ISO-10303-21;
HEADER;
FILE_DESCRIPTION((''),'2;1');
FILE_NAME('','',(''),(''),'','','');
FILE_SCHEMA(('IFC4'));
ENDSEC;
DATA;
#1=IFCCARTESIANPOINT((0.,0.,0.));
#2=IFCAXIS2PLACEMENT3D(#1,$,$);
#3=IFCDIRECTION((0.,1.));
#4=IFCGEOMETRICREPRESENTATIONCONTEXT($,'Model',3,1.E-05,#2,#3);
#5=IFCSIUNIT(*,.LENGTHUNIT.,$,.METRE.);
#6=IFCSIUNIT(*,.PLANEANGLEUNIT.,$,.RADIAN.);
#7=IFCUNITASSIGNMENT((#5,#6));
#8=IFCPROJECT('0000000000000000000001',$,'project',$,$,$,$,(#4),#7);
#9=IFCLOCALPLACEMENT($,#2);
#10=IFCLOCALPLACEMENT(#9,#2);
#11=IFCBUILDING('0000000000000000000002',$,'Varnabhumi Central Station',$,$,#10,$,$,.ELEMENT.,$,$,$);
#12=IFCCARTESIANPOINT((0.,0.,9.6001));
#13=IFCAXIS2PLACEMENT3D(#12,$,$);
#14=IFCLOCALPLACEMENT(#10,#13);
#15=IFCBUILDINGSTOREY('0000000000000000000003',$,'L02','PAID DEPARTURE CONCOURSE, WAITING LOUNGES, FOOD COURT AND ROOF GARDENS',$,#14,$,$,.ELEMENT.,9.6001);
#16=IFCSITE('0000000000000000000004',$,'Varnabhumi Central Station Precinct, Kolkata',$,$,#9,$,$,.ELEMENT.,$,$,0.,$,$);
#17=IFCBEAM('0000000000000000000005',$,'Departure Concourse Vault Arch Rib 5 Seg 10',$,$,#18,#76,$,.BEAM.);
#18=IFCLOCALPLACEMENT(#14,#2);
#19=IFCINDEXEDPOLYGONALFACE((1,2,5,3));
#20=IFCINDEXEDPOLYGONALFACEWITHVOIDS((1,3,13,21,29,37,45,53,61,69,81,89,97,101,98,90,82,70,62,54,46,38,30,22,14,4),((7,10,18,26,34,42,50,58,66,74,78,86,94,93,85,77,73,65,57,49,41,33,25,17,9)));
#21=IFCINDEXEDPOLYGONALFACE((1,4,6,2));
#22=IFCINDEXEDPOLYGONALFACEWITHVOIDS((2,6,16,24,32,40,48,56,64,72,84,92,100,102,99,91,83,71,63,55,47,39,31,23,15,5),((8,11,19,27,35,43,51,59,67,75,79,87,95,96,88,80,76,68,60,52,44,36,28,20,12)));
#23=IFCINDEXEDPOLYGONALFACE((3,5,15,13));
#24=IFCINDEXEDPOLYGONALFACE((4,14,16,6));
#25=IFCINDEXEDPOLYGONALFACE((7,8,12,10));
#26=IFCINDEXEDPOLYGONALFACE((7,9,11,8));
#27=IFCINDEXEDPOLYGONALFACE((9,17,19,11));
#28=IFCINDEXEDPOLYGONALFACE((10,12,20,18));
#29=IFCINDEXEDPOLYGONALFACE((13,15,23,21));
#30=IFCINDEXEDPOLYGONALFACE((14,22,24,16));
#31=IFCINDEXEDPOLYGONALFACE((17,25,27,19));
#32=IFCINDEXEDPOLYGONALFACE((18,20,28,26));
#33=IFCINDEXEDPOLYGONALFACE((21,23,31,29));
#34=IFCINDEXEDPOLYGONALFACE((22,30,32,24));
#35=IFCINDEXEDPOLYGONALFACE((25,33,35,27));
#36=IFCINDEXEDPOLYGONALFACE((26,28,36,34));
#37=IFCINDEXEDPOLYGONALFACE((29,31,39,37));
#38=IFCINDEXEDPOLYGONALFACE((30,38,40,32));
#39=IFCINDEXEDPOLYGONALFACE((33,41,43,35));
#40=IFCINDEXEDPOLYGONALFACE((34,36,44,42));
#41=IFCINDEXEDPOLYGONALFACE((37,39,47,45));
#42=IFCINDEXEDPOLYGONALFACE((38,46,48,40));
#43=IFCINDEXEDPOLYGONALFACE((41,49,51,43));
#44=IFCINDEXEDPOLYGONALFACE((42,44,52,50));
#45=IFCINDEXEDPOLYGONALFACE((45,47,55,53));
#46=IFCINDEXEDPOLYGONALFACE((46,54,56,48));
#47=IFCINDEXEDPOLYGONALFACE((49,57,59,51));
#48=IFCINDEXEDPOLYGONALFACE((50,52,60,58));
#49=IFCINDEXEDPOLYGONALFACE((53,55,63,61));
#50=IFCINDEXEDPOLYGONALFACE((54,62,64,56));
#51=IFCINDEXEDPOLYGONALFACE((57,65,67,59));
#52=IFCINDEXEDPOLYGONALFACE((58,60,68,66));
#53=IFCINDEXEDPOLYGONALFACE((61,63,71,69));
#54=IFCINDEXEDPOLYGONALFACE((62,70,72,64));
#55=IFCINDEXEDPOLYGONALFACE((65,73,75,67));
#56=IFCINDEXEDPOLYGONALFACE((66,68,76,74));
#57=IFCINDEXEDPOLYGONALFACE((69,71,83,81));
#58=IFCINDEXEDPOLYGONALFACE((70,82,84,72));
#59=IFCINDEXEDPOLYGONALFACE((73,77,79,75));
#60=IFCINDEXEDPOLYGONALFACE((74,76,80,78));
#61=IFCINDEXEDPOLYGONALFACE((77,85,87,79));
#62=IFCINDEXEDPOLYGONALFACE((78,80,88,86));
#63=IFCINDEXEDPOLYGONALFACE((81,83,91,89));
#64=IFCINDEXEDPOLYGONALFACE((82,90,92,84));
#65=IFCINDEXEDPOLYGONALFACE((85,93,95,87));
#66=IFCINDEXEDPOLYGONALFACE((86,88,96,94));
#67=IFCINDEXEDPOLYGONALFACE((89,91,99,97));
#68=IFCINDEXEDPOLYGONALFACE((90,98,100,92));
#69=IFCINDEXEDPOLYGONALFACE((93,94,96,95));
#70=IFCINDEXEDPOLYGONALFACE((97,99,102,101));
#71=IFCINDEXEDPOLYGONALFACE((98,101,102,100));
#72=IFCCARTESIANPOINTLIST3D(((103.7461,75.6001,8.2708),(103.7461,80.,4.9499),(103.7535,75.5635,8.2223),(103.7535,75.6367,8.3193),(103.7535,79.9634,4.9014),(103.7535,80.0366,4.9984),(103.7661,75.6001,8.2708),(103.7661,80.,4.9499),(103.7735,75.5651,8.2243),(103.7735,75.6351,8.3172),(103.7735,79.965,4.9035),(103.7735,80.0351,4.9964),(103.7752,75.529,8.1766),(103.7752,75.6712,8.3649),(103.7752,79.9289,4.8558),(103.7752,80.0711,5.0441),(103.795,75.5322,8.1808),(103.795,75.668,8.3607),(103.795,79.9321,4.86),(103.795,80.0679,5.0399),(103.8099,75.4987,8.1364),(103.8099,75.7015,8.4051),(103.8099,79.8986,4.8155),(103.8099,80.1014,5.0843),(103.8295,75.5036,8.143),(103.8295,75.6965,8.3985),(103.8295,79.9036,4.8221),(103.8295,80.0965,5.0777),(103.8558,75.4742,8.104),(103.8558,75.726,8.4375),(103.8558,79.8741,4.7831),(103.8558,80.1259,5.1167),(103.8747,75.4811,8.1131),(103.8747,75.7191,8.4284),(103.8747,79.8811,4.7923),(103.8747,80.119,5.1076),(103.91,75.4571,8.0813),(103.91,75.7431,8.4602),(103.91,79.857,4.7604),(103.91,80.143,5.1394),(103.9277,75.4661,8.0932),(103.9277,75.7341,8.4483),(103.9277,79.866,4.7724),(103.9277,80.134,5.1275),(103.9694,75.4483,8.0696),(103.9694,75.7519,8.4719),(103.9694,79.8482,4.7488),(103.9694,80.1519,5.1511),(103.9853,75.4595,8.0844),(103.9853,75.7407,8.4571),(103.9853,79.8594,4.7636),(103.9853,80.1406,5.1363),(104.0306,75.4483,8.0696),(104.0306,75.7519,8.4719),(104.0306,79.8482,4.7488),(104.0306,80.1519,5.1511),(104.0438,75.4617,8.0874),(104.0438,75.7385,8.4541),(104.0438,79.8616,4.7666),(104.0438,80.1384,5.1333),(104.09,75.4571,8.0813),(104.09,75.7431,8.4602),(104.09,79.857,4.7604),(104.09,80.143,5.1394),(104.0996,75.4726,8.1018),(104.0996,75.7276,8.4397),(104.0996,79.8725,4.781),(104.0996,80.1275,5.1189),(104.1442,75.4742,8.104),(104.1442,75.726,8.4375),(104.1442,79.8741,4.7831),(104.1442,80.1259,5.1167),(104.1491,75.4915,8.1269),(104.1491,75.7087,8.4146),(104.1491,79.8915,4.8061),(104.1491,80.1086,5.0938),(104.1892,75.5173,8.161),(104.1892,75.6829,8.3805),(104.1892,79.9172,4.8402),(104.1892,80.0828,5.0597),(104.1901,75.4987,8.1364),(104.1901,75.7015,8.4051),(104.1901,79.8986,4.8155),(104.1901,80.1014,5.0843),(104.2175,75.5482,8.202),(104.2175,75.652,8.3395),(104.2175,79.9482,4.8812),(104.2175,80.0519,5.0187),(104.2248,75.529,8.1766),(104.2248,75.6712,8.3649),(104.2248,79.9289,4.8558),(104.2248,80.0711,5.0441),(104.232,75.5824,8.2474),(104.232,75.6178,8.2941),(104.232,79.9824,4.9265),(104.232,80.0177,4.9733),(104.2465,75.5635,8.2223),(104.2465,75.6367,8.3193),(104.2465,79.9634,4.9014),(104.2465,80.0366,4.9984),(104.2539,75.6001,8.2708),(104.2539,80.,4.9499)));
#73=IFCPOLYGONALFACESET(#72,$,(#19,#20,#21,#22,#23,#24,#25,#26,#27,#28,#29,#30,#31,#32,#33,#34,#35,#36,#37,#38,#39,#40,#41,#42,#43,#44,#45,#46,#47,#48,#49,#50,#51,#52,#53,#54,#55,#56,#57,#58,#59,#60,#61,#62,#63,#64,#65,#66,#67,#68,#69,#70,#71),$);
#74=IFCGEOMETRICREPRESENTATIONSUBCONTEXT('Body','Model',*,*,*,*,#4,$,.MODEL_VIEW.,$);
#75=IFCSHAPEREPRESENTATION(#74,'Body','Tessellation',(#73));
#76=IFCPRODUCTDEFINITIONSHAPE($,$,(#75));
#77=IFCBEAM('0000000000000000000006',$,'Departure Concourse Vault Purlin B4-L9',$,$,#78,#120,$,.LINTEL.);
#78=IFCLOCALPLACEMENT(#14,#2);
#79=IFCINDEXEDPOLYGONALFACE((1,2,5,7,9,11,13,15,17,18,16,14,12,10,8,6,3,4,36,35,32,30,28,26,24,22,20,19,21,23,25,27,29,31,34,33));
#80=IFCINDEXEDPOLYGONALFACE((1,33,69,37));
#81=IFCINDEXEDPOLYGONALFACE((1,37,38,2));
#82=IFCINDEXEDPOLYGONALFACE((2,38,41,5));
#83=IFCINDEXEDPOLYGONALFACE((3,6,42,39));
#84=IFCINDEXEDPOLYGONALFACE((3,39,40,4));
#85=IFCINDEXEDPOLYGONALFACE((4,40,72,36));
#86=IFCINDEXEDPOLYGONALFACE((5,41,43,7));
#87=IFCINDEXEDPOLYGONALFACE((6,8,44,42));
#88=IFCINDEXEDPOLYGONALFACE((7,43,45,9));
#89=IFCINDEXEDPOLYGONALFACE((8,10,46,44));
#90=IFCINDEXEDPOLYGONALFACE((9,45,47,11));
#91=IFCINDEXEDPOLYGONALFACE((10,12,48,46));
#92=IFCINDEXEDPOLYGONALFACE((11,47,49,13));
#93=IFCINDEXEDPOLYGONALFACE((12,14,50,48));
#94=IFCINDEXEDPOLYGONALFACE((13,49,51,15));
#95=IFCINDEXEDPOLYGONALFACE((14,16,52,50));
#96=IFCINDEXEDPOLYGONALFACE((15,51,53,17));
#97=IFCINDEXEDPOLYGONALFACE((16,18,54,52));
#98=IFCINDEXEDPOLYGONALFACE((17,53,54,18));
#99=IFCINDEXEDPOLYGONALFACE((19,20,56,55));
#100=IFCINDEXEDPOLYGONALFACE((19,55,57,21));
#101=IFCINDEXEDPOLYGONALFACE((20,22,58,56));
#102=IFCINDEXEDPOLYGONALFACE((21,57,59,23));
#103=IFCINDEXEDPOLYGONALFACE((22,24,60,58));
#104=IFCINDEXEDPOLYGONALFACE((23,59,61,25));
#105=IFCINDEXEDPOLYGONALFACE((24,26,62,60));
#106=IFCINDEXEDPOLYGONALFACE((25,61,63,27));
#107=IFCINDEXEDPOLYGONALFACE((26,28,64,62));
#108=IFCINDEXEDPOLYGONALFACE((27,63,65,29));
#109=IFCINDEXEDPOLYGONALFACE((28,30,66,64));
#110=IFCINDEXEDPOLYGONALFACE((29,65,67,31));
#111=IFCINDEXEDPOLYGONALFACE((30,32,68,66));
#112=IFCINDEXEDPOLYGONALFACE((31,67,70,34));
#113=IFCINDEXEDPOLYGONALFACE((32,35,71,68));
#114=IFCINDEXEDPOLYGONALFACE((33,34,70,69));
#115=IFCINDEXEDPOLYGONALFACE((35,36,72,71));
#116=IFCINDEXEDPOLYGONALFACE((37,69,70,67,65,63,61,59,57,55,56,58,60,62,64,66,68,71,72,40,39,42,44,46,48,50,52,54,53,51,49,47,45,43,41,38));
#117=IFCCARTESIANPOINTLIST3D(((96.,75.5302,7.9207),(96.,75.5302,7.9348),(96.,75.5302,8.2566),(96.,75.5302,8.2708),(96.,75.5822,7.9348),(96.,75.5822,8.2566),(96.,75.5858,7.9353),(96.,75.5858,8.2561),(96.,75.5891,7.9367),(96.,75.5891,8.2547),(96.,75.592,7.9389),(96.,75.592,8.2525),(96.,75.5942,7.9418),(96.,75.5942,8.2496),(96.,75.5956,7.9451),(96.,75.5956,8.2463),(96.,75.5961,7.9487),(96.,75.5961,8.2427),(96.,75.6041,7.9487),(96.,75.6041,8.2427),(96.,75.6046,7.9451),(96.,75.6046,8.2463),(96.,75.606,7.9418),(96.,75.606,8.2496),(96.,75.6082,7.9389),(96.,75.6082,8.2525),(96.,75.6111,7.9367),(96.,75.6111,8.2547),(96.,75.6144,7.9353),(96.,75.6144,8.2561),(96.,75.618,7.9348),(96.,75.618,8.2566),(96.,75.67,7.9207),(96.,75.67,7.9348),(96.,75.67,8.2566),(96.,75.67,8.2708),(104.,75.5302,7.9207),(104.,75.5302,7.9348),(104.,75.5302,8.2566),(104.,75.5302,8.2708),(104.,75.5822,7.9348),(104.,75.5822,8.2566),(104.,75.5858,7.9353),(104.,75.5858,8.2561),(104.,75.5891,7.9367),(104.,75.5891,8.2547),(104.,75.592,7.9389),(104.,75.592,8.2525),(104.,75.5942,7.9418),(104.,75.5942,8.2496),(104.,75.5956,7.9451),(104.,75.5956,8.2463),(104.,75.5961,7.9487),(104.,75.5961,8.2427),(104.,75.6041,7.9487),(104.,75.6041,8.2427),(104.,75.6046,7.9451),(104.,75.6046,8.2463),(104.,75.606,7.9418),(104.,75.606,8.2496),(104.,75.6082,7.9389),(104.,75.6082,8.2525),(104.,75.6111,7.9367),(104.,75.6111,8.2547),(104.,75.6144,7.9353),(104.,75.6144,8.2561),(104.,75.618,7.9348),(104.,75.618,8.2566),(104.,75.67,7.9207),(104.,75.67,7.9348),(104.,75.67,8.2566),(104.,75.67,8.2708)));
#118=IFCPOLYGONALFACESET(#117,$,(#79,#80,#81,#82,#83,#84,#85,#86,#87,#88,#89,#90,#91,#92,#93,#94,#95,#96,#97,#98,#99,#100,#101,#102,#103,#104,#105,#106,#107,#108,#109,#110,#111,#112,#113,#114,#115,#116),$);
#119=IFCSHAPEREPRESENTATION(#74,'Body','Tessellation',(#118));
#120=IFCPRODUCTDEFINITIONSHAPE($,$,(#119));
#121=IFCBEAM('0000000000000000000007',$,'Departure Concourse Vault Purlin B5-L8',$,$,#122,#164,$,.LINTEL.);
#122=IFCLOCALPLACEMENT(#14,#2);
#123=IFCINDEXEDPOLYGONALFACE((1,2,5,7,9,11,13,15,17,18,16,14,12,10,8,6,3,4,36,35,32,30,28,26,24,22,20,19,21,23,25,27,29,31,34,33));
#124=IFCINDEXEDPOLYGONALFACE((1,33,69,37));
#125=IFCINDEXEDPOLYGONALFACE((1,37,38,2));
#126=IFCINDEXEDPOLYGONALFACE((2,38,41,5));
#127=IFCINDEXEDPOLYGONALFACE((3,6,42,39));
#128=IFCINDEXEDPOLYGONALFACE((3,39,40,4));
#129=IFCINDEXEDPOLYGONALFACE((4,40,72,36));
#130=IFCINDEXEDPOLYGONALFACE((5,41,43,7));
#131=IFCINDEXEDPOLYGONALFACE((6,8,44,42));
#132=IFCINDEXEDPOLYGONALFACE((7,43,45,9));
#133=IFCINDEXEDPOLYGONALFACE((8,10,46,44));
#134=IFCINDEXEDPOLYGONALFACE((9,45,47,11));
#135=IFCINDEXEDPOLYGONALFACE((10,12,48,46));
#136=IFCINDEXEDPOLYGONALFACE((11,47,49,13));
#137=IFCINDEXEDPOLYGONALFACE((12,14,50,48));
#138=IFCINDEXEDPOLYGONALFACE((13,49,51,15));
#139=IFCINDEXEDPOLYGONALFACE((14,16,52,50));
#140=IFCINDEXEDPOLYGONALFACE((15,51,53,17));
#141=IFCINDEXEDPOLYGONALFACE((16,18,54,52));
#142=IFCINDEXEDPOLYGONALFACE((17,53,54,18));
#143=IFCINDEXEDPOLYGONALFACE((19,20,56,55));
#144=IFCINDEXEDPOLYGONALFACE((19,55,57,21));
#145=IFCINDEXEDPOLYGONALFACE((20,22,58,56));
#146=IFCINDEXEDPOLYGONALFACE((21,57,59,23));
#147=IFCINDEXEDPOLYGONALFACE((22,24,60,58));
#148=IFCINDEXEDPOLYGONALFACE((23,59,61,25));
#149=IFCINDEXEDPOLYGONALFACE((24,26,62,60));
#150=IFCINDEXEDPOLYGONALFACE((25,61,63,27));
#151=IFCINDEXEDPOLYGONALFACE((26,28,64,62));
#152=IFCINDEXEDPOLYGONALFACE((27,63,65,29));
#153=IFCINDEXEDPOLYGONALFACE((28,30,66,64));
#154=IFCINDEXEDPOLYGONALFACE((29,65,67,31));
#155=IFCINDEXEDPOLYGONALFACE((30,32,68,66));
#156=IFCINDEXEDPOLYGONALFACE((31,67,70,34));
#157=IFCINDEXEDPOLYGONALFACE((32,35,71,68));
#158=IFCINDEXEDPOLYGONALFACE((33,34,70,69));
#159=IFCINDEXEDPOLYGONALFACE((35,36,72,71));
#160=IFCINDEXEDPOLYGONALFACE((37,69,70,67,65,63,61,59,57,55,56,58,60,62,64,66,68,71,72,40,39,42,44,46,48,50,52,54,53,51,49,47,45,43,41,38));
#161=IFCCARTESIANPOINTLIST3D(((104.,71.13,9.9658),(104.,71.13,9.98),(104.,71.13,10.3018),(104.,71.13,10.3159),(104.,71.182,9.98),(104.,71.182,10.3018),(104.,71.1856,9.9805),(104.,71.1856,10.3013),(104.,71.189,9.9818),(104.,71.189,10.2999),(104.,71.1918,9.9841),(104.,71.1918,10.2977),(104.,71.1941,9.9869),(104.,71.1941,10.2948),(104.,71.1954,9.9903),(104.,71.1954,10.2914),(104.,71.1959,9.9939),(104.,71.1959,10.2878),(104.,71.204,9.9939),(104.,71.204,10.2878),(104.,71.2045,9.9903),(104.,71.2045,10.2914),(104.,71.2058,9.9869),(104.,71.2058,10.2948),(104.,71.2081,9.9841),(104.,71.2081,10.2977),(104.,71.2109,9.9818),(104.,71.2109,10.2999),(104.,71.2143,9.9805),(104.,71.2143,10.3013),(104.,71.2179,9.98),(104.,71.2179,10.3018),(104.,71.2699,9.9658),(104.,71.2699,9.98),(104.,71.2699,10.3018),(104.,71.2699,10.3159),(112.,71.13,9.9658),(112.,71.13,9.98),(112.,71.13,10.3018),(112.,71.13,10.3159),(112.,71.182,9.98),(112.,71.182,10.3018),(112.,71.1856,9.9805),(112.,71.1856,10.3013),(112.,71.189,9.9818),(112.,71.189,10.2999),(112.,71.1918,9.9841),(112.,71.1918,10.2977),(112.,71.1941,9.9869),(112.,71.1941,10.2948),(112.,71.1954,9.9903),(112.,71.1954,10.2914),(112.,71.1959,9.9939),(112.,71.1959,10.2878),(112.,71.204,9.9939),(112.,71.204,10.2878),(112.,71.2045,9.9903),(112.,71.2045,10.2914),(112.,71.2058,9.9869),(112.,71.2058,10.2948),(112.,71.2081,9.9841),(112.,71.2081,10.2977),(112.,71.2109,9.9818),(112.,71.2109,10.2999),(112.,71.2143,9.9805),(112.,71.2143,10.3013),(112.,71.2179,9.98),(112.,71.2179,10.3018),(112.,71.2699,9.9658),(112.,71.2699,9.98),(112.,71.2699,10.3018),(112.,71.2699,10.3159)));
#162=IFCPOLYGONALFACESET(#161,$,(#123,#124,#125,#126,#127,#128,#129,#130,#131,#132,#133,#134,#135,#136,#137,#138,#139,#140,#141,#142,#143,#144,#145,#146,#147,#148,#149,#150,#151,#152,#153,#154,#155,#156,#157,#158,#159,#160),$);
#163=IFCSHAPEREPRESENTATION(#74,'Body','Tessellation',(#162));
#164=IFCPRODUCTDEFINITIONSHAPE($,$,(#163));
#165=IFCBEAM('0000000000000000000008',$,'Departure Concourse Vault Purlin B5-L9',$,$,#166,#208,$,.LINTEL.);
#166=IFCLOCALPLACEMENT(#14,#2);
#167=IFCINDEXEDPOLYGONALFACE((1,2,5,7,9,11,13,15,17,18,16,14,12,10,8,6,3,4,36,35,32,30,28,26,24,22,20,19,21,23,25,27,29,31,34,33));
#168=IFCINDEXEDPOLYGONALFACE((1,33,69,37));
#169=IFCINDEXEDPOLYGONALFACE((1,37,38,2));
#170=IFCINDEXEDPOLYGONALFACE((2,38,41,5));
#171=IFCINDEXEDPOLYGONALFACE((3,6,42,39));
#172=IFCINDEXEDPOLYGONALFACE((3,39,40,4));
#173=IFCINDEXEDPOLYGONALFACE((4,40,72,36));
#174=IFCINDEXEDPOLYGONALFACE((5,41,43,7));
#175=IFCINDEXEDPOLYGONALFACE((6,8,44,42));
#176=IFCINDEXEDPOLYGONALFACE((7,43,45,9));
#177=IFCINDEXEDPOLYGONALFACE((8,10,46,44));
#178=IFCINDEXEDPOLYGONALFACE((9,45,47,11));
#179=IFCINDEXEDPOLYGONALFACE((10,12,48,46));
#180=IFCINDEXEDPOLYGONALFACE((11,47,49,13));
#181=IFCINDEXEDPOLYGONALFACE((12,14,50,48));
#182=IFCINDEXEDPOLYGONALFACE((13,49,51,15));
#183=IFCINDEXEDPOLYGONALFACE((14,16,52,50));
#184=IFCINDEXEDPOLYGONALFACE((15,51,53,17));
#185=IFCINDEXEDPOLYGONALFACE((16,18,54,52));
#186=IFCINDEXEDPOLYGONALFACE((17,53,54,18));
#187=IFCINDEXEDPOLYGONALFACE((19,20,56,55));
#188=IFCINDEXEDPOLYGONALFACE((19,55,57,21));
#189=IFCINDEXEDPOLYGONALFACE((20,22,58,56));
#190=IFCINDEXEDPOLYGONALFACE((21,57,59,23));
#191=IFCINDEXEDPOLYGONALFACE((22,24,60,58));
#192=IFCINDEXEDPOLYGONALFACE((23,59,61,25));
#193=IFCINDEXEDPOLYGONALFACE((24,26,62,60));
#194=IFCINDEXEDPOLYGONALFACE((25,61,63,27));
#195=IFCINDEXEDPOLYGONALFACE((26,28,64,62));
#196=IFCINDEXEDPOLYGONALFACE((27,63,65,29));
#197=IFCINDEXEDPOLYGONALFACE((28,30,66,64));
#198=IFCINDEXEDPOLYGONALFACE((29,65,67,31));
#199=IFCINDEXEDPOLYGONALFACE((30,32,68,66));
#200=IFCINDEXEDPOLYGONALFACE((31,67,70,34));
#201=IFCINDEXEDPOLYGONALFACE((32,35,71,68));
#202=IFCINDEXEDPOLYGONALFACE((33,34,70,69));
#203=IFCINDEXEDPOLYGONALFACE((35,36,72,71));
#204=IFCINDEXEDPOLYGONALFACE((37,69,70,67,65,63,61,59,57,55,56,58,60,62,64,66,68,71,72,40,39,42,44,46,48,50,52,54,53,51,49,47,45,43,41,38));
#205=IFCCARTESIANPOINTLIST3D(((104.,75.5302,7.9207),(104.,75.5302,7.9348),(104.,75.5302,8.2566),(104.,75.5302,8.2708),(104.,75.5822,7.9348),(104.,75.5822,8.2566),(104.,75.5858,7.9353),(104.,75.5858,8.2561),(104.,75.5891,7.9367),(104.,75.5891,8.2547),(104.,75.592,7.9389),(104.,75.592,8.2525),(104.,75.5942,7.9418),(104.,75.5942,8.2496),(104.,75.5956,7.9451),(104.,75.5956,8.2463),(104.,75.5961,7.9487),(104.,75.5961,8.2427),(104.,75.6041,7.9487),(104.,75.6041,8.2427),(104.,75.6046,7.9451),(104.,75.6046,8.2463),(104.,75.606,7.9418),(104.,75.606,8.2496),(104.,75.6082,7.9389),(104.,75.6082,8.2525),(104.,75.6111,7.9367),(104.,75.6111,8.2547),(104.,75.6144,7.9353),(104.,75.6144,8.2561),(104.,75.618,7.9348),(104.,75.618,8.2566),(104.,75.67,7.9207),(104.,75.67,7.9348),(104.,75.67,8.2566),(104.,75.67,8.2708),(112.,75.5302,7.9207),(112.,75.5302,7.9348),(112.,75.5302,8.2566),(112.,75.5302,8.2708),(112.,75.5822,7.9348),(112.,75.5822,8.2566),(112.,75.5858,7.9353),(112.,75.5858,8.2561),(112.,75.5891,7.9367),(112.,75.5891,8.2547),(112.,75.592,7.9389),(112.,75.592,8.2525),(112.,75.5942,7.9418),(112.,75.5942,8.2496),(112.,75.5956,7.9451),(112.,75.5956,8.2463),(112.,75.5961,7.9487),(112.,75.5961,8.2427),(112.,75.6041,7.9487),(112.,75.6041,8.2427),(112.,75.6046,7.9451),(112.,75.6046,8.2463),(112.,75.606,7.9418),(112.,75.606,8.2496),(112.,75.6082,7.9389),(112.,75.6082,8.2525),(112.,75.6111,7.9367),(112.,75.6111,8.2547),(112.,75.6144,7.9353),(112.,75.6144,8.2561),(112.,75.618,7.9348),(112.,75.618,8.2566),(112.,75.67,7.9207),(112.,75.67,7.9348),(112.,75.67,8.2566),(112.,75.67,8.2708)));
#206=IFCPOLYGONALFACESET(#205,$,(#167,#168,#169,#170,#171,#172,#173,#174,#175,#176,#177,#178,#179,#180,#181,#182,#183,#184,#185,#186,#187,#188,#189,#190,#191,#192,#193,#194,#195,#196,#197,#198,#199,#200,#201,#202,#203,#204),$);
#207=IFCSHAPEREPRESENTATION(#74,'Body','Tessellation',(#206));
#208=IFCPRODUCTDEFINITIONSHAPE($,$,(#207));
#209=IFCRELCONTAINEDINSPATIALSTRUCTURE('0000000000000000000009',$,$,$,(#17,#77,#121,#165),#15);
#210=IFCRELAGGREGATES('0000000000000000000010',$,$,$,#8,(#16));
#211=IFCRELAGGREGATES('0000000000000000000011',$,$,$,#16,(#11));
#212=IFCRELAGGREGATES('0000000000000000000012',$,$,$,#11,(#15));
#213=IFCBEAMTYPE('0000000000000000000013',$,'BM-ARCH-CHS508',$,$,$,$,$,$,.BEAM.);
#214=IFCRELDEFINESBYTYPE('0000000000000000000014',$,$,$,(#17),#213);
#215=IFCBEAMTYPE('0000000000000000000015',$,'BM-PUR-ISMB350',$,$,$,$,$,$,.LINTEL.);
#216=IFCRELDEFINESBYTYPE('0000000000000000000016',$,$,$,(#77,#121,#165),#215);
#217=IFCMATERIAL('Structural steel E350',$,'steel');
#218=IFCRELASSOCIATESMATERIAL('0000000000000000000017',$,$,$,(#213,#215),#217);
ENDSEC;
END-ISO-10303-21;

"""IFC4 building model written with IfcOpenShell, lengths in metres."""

from ifc_helpers import new_model, si_unit, direction, frame, origin, origin_2d, place, context, subcontext, project, spatial, hollow_circle, i_section, extrude, material, material_profile, profile_set, type_object, element, save


model = new_model("IFC4")

# Units and contexts
model_context = context("Model", 3, precision=1e-05, world=origin(), true_north=direction((0.0, 1.0)))
body_context = subcontext(model_context, "Body", "Model", "MODEL_VIEW")
ifc_project = project(units=[si_unit("LENGTHUNIT", "METRE"), si_unit("PLANEANGLEUNIT", "RADIAN")], contexts=[model_context])

# Site, building, storey
site_placement = place(None, origin())
site = spatial("IfcSite", under=ifc_project, at=site_placement, Name="Varnabhumi Central Station Precinct, Kolkata", CompositionType="ELEMENT", RefElevation=0.0)
building_placement = place(site_placement, origin())
building = spatial("IfcBuilding", under=site, at=building_placement, Name="Varnabhumi Central Station", CompositionType="ELEMENT")
storey_placement = place(building_placement, frame((0.0, 0.0, 9.6001)))
storey = spatial("IfcBuildingStorey", under=building, at=storey_placement, Name="L02", Description="PAID DEPARTURE CONCOURSE, WAITING LOUNGES, FOOD COURT AND ROOF GARDENS", CompositionType="ELEMENT", Elevation=9.6001)

# Beams
ifc_material_1 = material(Name="Structural steel E350", Category="steel")
ifc_material_profile_1 = material_profile(ifc_material_1, hollow_circle(Radius=0.2539, WallThickness=0.02, at=origin_2d()), Name="Structural steel E350", Category="steel")
ifc_profile_set_1 = profile_set([ifc_material_profile_1], Name="Structural steel E350")
beam_type_1 = type_object("IfcBeamType", Name="BM-ARCH-CHS508", PredefinedType="BEAM", material=ifc_profile_set_1)
beam_1_placement = place(storey_placement, frame((104.0, 75.6001, 8.2708), z_axis=(0.0, 0.798179, -0.602421), x_axis=(-1.0, 0.0, 0.0)))
element("IfcBeam", 1, at=beam_1_placement, inside=storey, type_object=beam_type_1, Name="Departure Concourse Vault Arch Rib 5 Seg 10", PredefinedType="BEAM", context=body_context, shape_type="SweptSolid", body=[
    extrude(hollow_circle(Radius=0.2539, WallThickness=0.02, at=origin_2d()), origin(), (0.0, 0.0, 1.0), 5.5125),
])
ifc_material_profile_2 = material_profile(ifc_material_1, i_section(OverallWidth=0.1399, OverallDepth=0.3501, WebThickness=0.0081, FlangeThickness=0.0142, FilletRadius=0.0139, at=origin_2d()), Name="Structural steel E350", Category="steel")
ifc_profile_set_2 = profile_set([ifc_material_profile_2], Name="Structural steel E350")
beam_type_2 = type_object("IfcBeamType", Name="BM-PUR-ISMB350", PredefinedType="LINTEL", material=ifc_profile_set_2)
for number, where, z_axis, x_axis, name in (
    (2, (96.0, 75.6001, 8.0957), (1.0, 0.0, 0.0), (0.0, 1.0, 0.0), "Departure Concourse Vault Purlin B4-L9"),
    (3, (104.0, 71.2, 10.1409), (1.0, 0.0, 0.0), (0.0, 1.0, 0.0), "Departure Concourse Vault Purlin B5-L8"),
    (4, (104.0, 75.6001, 8.0957), (1.0, 0.0, 0.0), (0.0, 1.0, 0.0), "Departure Concourse Vault Purlin B5-L9"),
):
    element("IfcBeam", number, at=place(storey_placement, frame(where, z_axis=z_axis, x_axis=x_axis)), inside=storey, type_object=beam_type_2, Name=name, PredefinedType="LINTEL", context=body_context, shape_type="SweptSolid", body=[
        extrude(i_section(OverallWidth=0.1399, OverallDepth=0.3501, WebThickness=0.0081, FlangeThickness=0.0142, FilletRadius=0.0139, at=origin_2d()), origin(), (0.0, 0.0, 1.0), 8.0),
    ])

save(model, "model.ifc")
